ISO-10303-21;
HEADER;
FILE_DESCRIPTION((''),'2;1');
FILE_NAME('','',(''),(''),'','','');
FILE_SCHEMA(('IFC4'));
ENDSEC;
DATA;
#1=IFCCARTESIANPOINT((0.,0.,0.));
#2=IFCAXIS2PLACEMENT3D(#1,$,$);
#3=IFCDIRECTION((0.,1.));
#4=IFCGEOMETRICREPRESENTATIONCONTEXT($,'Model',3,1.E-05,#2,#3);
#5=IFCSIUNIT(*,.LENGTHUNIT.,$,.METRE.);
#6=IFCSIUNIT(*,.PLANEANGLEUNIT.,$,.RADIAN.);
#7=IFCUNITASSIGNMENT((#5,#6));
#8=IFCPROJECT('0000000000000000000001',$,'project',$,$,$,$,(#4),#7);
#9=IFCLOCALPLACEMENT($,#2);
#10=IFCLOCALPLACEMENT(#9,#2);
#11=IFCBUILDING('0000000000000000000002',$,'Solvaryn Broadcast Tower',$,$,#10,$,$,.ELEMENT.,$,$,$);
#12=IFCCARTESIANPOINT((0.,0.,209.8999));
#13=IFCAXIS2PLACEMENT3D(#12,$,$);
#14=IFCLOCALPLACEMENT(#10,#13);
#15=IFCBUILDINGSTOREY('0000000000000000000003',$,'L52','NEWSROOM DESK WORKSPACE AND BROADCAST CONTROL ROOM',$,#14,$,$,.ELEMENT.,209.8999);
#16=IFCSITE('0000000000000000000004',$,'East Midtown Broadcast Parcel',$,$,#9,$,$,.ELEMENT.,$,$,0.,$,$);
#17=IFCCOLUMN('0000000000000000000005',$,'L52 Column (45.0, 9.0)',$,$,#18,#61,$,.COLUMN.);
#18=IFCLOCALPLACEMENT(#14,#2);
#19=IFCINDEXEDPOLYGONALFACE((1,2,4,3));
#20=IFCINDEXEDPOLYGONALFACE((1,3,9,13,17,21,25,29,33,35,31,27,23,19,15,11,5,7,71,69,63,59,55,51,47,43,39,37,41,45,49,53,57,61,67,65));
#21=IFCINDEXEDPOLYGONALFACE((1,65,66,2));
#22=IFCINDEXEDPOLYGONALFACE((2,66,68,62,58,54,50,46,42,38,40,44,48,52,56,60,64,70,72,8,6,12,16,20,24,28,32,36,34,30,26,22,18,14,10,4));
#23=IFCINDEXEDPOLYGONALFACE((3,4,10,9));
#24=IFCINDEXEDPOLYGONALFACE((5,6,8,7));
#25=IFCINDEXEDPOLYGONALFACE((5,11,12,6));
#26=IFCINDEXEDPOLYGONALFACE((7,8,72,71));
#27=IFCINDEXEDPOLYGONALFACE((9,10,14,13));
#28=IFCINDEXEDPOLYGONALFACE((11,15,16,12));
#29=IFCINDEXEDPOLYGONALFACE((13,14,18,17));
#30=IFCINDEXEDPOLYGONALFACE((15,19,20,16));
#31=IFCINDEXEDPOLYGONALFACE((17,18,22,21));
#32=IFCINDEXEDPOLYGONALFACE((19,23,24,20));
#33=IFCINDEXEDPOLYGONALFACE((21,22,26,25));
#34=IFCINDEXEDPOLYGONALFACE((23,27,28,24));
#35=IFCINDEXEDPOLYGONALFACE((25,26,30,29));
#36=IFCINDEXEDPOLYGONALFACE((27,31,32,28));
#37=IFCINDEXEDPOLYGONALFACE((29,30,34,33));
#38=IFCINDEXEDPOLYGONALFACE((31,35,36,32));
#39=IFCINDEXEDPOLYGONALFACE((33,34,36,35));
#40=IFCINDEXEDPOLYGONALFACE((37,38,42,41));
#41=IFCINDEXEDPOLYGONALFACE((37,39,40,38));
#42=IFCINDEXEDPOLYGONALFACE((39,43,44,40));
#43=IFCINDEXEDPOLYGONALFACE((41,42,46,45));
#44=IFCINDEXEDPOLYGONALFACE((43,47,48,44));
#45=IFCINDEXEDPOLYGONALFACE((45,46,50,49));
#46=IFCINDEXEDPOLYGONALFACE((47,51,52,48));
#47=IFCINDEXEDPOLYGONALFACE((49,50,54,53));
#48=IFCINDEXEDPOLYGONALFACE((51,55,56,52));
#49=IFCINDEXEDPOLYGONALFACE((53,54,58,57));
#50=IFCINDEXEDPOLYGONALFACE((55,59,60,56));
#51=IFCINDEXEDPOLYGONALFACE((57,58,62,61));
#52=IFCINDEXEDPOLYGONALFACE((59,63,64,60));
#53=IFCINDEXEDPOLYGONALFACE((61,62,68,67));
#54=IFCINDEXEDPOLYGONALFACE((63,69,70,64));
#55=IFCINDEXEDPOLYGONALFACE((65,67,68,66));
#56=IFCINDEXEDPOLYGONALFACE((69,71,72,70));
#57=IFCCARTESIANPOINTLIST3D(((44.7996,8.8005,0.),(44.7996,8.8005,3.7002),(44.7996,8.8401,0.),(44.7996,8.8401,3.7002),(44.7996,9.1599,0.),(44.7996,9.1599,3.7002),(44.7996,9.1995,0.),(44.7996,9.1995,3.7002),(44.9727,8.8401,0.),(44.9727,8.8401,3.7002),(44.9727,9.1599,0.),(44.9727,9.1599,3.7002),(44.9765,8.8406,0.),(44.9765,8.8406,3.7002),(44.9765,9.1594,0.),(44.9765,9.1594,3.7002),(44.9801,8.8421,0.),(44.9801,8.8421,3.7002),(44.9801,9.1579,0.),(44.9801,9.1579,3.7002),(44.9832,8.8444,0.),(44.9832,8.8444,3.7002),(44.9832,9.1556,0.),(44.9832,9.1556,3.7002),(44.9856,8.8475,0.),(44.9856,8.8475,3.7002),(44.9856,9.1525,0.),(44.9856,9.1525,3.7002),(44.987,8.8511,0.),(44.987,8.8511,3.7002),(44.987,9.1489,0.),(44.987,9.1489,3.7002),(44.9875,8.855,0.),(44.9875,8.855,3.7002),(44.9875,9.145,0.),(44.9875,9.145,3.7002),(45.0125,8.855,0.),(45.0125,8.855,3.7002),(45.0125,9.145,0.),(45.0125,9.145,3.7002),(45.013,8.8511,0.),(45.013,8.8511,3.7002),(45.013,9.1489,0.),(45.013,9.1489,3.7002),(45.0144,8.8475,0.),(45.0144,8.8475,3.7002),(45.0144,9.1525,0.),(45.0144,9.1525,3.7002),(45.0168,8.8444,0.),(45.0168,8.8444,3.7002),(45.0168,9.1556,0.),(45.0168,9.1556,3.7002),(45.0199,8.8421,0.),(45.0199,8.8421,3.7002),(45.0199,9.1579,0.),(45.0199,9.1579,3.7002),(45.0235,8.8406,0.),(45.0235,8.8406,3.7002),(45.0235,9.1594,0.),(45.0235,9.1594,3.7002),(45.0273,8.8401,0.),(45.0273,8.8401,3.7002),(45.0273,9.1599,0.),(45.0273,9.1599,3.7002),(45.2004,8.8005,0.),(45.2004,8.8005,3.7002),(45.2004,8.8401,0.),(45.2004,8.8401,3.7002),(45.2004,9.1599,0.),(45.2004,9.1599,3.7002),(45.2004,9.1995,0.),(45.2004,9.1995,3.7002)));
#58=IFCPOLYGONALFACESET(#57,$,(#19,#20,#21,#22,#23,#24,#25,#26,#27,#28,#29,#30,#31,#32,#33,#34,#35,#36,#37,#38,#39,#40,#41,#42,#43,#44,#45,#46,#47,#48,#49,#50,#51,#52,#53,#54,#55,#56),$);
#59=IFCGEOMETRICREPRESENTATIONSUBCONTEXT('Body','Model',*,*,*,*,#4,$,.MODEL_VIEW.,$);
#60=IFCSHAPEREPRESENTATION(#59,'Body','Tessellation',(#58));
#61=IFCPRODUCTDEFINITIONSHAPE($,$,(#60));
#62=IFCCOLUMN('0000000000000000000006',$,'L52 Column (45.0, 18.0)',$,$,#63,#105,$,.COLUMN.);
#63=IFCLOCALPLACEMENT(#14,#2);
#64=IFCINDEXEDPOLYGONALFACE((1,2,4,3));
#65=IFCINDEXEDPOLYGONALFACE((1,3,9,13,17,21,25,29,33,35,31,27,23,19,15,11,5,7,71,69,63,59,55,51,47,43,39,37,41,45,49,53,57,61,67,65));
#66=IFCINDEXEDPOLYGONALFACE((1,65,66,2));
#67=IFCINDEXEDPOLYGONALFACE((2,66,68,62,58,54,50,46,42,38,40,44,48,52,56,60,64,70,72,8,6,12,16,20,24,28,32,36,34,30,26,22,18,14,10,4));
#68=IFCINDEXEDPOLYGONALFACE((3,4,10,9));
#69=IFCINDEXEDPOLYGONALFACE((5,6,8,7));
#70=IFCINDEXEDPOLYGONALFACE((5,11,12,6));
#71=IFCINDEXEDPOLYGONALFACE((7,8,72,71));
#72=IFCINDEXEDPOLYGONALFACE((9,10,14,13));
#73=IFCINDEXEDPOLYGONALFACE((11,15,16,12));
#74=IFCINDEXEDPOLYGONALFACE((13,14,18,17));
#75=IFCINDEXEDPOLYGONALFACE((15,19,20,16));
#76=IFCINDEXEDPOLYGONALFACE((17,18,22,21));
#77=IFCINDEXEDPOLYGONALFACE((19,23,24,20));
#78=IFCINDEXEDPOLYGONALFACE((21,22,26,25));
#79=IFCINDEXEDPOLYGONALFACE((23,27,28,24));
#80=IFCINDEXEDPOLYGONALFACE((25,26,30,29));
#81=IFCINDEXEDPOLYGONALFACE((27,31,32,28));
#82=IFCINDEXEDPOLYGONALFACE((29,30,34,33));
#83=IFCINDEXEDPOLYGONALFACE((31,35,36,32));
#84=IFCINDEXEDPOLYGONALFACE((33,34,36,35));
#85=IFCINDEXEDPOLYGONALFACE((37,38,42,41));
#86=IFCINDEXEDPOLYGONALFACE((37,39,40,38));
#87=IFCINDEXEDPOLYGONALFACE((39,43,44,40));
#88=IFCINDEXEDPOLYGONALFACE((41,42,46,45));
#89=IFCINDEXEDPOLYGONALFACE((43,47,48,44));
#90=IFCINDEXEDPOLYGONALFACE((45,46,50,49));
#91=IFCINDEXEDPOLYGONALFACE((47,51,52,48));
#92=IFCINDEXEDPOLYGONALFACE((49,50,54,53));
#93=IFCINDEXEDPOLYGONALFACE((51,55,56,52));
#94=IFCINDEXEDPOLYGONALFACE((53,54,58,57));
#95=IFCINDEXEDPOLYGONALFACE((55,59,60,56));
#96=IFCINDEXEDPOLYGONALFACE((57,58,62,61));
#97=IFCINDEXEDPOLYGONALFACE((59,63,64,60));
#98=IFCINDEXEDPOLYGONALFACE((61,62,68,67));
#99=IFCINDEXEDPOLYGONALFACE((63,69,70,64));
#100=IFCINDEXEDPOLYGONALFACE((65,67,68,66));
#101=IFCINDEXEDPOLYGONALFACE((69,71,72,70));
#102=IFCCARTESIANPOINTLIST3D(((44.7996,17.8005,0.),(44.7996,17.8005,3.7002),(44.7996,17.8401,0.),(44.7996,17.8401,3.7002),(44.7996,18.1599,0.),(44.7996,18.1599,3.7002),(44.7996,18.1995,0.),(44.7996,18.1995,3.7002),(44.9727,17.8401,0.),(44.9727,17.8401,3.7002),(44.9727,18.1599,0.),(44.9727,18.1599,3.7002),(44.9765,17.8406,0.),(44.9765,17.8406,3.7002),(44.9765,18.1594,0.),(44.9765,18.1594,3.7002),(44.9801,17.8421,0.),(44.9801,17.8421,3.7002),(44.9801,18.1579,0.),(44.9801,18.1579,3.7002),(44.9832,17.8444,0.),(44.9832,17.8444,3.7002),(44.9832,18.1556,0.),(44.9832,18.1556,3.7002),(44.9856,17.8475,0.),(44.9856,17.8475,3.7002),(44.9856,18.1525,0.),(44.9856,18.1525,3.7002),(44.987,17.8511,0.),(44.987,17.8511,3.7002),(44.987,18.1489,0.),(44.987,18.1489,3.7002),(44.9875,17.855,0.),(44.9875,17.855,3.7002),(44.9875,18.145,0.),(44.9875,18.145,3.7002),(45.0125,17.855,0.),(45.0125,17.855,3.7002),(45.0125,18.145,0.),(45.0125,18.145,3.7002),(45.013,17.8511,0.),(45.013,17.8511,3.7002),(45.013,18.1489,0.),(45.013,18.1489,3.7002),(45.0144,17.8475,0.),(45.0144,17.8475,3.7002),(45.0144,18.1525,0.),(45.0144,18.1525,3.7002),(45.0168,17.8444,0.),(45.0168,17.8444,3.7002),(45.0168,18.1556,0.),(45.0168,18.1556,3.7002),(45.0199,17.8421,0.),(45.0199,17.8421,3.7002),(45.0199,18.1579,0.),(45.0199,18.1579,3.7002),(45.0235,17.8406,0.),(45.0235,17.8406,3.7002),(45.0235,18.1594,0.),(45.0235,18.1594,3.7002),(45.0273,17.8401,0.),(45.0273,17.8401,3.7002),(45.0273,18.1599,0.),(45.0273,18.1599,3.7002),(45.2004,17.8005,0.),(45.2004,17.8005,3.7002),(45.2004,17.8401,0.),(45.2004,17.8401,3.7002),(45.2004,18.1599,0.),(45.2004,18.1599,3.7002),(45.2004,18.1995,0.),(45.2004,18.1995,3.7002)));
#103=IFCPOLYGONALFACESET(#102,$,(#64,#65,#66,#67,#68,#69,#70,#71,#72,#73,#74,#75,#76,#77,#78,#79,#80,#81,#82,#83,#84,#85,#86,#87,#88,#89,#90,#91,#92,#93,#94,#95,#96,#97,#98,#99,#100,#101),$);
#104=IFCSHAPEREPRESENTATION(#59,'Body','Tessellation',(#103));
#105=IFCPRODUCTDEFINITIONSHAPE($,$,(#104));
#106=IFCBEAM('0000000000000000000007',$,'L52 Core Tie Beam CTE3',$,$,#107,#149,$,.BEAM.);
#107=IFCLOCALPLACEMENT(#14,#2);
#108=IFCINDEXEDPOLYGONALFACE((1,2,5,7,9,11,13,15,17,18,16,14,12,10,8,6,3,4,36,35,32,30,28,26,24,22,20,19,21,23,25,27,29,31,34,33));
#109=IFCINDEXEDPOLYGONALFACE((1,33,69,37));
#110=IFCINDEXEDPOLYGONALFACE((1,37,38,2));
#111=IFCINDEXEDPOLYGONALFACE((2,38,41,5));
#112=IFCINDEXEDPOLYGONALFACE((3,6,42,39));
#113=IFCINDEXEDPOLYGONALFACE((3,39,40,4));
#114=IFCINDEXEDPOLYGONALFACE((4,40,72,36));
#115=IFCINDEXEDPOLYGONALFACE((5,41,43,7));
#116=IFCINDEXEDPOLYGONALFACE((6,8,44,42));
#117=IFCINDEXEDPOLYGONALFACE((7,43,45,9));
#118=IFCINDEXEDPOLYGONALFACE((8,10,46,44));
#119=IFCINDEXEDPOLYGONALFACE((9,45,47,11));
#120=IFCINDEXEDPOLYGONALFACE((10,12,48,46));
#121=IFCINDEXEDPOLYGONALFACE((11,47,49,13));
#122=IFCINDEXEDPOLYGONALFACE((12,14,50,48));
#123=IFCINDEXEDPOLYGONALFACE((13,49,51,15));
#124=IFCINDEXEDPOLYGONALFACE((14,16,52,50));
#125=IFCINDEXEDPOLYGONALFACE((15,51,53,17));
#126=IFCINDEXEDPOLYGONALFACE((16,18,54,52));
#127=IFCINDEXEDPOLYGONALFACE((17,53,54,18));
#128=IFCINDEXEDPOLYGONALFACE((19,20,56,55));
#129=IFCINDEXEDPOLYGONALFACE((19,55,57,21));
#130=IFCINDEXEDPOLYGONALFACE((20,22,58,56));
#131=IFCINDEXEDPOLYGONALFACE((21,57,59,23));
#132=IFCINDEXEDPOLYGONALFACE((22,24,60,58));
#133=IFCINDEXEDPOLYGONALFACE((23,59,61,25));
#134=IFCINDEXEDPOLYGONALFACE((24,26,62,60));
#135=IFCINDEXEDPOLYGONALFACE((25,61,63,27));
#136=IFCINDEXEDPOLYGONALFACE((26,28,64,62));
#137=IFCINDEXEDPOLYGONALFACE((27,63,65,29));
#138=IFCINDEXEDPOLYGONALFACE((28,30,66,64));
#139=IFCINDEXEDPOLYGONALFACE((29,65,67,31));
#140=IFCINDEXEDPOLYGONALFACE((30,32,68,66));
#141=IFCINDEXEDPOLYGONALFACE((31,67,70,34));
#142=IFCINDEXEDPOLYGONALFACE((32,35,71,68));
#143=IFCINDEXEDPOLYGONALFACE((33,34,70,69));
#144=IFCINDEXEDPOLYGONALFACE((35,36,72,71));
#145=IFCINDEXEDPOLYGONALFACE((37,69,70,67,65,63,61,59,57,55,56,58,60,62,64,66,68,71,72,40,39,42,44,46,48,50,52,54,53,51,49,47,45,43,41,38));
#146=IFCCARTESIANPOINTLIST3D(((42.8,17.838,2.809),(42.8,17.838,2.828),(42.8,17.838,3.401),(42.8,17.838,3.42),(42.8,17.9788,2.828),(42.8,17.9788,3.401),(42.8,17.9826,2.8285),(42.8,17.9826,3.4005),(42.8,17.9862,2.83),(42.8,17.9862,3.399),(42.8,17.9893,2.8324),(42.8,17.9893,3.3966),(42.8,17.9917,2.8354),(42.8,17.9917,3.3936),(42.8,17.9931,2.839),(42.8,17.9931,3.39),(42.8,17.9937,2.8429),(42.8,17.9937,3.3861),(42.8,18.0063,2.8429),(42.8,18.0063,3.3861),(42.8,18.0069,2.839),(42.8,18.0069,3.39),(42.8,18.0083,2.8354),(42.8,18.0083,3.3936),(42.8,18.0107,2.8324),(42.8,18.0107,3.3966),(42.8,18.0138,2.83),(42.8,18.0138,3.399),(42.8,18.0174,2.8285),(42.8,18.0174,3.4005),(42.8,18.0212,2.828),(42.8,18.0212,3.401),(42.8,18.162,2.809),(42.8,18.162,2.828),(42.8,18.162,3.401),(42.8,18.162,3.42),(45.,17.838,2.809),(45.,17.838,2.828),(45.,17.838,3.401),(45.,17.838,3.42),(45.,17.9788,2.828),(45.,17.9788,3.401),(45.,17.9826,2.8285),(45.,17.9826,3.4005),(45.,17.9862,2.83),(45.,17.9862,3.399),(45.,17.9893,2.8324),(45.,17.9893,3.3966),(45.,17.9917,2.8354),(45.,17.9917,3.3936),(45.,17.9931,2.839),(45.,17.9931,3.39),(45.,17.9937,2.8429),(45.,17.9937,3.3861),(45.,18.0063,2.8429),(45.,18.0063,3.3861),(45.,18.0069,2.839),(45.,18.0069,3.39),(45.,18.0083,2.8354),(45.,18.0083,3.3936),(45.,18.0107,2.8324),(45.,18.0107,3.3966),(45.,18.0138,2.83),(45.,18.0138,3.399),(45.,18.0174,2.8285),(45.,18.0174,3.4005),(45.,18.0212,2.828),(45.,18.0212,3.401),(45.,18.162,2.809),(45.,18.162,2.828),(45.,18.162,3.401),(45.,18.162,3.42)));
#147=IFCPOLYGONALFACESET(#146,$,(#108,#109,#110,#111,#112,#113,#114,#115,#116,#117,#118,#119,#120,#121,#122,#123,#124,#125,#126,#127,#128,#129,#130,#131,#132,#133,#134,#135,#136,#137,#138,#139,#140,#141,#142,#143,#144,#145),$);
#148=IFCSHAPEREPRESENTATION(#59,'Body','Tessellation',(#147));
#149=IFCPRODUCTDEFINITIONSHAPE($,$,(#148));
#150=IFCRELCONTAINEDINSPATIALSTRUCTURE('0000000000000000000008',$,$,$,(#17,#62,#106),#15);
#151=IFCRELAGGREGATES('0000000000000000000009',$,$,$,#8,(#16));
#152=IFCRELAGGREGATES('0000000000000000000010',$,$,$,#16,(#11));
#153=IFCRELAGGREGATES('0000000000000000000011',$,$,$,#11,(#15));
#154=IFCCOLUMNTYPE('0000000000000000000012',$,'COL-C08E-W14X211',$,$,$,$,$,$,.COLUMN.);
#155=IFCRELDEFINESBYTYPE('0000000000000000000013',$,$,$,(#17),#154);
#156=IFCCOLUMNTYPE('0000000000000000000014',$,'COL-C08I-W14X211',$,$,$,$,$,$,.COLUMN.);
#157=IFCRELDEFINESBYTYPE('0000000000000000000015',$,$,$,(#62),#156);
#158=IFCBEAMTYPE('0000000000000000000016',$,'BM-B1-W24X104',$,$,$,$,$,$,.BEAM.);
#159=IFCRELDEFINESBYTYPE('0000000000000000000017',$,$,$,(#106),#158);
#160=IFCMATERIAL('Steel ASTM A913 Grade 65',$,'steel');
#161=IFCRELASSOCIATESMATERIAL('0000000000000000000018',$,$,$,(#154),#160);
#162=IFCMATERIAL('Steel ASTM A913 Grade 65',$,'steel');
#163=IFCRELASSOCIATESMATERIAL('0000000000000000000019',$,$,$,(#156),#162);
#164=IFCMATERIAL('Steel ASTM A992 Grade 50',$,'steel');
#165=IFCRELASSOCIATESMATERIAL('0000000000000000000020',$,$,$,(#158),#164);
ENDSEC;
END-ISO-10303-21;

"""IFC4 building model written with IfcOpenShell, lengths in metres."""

from ifc_helpers import new_model, si_unit, direction, frame, origin, origin_2d, place, context, subcontext, project, spatial, i_section, extrude, material, material_profile, profile_set, type_object, element, save


model = new_model("IFC4")

# Units and contexts
model_context = context("Model", 3, precision=1e-05, world=origin(), true_north=direction((0.0, 1.0)))
body_context = subcontext(model_context, "Body", "Model", "MODEL_VIEW")
ifc_project = project(units=[si_unit("LENGTHUNIT", "METRE"), si_unit("PLANEANGLEUNIT", "RADIAN")], contexts=[model_context])

# Site, building, storey
site_placement = place(None, origin())
site = spatial("IfcSite", under=ifc_project, at=site_placement, Name="East Midtown Broadcast Parcel", CompositionType="ELEMENT", RefElevation=0.0)
building_placement = place(site_placement, origin())
building = spatial("IfcBuilding", under=site, at=building_placement, Name="Solvaryn Broadcast Tower", CompositionType="ELEMENT")
storey_placement = place(building_placement, frame((0.0, 0.0, 209.8999)))
storey = spatial("IfcBuildingStorey", under=building, at=storey_placement, Name="L52", Description="NEWSROOM DESK WORKSPACE AND BROADCAST CONTROL ROOM", CompositionType="ELEMENT", Elevation=209.8999)

# Columns
ifc_material_1 = material(Name="Steel ASTM A913 Grade 65", Category="steel")
ifc_material_profile_1 = material_profile(ifc_material_1, i_section(OverallWidth=0.4009, OverallDepth=0.3989, WebThickness=0.0249, FlangeThickness=0.0396, FilletRadius=0.0149, at=origin_2d()))
ifc_profile_set_1 = profile_set([ifc_material_profile_1], Name="Steel ASTM A913 Grade 65")
column_type_1 = type_object("IfcColumnType", Name="COL-C08E-W14X211", PredefinedType="COLUMN", material=ifc_profile_set_1)
column_1_placement = place(storey_placement, frame((45.0, 9.0, 0.0), z_axis=(0.0, 0.0, 1.0), x_axis=(1.0, 0.0, 0.0)))
element("IfcColumn", 1, at=column_1_placement, inside=storey, type_object=column_type_1, Name="L52 Column (45.0, 9.0)", PredefinedType="COLUMN", context=body_context, shape_type="SweptSolid", body=[
    extrude(i_section(OverallWidth=0.4009, OverallDepth=0.3989, WebThickness=0.0249, FlangeThickness=0.0396, FilletRadius=0.0149, at=origin_2d()), origin(), (0.0, 0.0, 1.0), 3.7002),
])
ifc_material_2 = material(Name="Steel ASTM A913 Grade 65", Category="steel")
ifc_material_profile_2 = material_profile(ifc_material_2, i_section(OverallWidth=0.4009, OverallDepth=0.3989, WebThickness=0.0249, FlangeThickness=0.0396, FilletRadius=0.0149, at=origin_2d()))
ifc_profile_set_2 = profile_set([ifc_material_profile_2], Name="Steel ASTM A913 Grade 65")
column_type_2 = type_object("IfcColumnType", Name="COL-C08I-W14X211", PredefinedType="COLUMN", material=ifc_profile_set_2)
column_2_placement = place(storey_placement, frame((45.0, 18.0, 0.0), z_axis=(0.0, 0.0, 1.0), x_axis=(1.0, 0.0, 0.0)))
element("IfcColumn", 2, at=column_2_placement, inside=storey, type_object=column_type_2, Name="L52 Column (45.0, 18.0)", PredefinedType="COLUMN", context=body_context, shape_type="SweptSolid", body=[
    extrude(i_section(OverallWidth=0.4009, OverallDepth=0.3989, WebThickness=0.0249, FlangeThickness=0.0396, FilletRadius=0.0149, at=origin_2d()), origin(), (0.0, 0.0, 1.0), 3.7002),
])

# Beam
ifc_material_3 = material(Name="Steel ASTM A992 Grade 50", Category="steel")
ifc_material_profile_3 = material_profile(ifc_material_3, i_section(OverallWidth=0.324, OverallDepth=0.6111, WebThickness=0.0127, FlangeThickness=0.019, FilletRadius=0.0149, at=origin_2d()))
ifc_profile_set_3 = profile_set([ifc_material_profile_3], Name="Steel ASTM A992 Grade 50")
beam_type = type_object("IfcBeamType", Name="BM-B1-W24X104", PredefinedType="BEAM", material=ifc_profile_set_3)
beam_placement = place(storey_placement, frame((42.8, 18.0, 3.1145), z_axis=(1.0, 0.0, 0.0), x_axis=(0.0, 1.0, 0.0)))
element("IfcBeam", 3, at=beam_placement, inside=storey, type_object=beam_type, Name="L52 Core Tie Beam CTE3", PredefinedType="BEAM", context=body_context, shape_type="SweptSolid", body=[
    extrude(i_section(OverallWidth=0.324, OverallDepth=0.6111, WebThickness=0.0127, FlangeThickness=0.019, FilletRadius=0.0149, at=origin_2d()), origin(), (0.0, 0.0, 1.0), 2.2),
])

save(model, "model.ifc")
